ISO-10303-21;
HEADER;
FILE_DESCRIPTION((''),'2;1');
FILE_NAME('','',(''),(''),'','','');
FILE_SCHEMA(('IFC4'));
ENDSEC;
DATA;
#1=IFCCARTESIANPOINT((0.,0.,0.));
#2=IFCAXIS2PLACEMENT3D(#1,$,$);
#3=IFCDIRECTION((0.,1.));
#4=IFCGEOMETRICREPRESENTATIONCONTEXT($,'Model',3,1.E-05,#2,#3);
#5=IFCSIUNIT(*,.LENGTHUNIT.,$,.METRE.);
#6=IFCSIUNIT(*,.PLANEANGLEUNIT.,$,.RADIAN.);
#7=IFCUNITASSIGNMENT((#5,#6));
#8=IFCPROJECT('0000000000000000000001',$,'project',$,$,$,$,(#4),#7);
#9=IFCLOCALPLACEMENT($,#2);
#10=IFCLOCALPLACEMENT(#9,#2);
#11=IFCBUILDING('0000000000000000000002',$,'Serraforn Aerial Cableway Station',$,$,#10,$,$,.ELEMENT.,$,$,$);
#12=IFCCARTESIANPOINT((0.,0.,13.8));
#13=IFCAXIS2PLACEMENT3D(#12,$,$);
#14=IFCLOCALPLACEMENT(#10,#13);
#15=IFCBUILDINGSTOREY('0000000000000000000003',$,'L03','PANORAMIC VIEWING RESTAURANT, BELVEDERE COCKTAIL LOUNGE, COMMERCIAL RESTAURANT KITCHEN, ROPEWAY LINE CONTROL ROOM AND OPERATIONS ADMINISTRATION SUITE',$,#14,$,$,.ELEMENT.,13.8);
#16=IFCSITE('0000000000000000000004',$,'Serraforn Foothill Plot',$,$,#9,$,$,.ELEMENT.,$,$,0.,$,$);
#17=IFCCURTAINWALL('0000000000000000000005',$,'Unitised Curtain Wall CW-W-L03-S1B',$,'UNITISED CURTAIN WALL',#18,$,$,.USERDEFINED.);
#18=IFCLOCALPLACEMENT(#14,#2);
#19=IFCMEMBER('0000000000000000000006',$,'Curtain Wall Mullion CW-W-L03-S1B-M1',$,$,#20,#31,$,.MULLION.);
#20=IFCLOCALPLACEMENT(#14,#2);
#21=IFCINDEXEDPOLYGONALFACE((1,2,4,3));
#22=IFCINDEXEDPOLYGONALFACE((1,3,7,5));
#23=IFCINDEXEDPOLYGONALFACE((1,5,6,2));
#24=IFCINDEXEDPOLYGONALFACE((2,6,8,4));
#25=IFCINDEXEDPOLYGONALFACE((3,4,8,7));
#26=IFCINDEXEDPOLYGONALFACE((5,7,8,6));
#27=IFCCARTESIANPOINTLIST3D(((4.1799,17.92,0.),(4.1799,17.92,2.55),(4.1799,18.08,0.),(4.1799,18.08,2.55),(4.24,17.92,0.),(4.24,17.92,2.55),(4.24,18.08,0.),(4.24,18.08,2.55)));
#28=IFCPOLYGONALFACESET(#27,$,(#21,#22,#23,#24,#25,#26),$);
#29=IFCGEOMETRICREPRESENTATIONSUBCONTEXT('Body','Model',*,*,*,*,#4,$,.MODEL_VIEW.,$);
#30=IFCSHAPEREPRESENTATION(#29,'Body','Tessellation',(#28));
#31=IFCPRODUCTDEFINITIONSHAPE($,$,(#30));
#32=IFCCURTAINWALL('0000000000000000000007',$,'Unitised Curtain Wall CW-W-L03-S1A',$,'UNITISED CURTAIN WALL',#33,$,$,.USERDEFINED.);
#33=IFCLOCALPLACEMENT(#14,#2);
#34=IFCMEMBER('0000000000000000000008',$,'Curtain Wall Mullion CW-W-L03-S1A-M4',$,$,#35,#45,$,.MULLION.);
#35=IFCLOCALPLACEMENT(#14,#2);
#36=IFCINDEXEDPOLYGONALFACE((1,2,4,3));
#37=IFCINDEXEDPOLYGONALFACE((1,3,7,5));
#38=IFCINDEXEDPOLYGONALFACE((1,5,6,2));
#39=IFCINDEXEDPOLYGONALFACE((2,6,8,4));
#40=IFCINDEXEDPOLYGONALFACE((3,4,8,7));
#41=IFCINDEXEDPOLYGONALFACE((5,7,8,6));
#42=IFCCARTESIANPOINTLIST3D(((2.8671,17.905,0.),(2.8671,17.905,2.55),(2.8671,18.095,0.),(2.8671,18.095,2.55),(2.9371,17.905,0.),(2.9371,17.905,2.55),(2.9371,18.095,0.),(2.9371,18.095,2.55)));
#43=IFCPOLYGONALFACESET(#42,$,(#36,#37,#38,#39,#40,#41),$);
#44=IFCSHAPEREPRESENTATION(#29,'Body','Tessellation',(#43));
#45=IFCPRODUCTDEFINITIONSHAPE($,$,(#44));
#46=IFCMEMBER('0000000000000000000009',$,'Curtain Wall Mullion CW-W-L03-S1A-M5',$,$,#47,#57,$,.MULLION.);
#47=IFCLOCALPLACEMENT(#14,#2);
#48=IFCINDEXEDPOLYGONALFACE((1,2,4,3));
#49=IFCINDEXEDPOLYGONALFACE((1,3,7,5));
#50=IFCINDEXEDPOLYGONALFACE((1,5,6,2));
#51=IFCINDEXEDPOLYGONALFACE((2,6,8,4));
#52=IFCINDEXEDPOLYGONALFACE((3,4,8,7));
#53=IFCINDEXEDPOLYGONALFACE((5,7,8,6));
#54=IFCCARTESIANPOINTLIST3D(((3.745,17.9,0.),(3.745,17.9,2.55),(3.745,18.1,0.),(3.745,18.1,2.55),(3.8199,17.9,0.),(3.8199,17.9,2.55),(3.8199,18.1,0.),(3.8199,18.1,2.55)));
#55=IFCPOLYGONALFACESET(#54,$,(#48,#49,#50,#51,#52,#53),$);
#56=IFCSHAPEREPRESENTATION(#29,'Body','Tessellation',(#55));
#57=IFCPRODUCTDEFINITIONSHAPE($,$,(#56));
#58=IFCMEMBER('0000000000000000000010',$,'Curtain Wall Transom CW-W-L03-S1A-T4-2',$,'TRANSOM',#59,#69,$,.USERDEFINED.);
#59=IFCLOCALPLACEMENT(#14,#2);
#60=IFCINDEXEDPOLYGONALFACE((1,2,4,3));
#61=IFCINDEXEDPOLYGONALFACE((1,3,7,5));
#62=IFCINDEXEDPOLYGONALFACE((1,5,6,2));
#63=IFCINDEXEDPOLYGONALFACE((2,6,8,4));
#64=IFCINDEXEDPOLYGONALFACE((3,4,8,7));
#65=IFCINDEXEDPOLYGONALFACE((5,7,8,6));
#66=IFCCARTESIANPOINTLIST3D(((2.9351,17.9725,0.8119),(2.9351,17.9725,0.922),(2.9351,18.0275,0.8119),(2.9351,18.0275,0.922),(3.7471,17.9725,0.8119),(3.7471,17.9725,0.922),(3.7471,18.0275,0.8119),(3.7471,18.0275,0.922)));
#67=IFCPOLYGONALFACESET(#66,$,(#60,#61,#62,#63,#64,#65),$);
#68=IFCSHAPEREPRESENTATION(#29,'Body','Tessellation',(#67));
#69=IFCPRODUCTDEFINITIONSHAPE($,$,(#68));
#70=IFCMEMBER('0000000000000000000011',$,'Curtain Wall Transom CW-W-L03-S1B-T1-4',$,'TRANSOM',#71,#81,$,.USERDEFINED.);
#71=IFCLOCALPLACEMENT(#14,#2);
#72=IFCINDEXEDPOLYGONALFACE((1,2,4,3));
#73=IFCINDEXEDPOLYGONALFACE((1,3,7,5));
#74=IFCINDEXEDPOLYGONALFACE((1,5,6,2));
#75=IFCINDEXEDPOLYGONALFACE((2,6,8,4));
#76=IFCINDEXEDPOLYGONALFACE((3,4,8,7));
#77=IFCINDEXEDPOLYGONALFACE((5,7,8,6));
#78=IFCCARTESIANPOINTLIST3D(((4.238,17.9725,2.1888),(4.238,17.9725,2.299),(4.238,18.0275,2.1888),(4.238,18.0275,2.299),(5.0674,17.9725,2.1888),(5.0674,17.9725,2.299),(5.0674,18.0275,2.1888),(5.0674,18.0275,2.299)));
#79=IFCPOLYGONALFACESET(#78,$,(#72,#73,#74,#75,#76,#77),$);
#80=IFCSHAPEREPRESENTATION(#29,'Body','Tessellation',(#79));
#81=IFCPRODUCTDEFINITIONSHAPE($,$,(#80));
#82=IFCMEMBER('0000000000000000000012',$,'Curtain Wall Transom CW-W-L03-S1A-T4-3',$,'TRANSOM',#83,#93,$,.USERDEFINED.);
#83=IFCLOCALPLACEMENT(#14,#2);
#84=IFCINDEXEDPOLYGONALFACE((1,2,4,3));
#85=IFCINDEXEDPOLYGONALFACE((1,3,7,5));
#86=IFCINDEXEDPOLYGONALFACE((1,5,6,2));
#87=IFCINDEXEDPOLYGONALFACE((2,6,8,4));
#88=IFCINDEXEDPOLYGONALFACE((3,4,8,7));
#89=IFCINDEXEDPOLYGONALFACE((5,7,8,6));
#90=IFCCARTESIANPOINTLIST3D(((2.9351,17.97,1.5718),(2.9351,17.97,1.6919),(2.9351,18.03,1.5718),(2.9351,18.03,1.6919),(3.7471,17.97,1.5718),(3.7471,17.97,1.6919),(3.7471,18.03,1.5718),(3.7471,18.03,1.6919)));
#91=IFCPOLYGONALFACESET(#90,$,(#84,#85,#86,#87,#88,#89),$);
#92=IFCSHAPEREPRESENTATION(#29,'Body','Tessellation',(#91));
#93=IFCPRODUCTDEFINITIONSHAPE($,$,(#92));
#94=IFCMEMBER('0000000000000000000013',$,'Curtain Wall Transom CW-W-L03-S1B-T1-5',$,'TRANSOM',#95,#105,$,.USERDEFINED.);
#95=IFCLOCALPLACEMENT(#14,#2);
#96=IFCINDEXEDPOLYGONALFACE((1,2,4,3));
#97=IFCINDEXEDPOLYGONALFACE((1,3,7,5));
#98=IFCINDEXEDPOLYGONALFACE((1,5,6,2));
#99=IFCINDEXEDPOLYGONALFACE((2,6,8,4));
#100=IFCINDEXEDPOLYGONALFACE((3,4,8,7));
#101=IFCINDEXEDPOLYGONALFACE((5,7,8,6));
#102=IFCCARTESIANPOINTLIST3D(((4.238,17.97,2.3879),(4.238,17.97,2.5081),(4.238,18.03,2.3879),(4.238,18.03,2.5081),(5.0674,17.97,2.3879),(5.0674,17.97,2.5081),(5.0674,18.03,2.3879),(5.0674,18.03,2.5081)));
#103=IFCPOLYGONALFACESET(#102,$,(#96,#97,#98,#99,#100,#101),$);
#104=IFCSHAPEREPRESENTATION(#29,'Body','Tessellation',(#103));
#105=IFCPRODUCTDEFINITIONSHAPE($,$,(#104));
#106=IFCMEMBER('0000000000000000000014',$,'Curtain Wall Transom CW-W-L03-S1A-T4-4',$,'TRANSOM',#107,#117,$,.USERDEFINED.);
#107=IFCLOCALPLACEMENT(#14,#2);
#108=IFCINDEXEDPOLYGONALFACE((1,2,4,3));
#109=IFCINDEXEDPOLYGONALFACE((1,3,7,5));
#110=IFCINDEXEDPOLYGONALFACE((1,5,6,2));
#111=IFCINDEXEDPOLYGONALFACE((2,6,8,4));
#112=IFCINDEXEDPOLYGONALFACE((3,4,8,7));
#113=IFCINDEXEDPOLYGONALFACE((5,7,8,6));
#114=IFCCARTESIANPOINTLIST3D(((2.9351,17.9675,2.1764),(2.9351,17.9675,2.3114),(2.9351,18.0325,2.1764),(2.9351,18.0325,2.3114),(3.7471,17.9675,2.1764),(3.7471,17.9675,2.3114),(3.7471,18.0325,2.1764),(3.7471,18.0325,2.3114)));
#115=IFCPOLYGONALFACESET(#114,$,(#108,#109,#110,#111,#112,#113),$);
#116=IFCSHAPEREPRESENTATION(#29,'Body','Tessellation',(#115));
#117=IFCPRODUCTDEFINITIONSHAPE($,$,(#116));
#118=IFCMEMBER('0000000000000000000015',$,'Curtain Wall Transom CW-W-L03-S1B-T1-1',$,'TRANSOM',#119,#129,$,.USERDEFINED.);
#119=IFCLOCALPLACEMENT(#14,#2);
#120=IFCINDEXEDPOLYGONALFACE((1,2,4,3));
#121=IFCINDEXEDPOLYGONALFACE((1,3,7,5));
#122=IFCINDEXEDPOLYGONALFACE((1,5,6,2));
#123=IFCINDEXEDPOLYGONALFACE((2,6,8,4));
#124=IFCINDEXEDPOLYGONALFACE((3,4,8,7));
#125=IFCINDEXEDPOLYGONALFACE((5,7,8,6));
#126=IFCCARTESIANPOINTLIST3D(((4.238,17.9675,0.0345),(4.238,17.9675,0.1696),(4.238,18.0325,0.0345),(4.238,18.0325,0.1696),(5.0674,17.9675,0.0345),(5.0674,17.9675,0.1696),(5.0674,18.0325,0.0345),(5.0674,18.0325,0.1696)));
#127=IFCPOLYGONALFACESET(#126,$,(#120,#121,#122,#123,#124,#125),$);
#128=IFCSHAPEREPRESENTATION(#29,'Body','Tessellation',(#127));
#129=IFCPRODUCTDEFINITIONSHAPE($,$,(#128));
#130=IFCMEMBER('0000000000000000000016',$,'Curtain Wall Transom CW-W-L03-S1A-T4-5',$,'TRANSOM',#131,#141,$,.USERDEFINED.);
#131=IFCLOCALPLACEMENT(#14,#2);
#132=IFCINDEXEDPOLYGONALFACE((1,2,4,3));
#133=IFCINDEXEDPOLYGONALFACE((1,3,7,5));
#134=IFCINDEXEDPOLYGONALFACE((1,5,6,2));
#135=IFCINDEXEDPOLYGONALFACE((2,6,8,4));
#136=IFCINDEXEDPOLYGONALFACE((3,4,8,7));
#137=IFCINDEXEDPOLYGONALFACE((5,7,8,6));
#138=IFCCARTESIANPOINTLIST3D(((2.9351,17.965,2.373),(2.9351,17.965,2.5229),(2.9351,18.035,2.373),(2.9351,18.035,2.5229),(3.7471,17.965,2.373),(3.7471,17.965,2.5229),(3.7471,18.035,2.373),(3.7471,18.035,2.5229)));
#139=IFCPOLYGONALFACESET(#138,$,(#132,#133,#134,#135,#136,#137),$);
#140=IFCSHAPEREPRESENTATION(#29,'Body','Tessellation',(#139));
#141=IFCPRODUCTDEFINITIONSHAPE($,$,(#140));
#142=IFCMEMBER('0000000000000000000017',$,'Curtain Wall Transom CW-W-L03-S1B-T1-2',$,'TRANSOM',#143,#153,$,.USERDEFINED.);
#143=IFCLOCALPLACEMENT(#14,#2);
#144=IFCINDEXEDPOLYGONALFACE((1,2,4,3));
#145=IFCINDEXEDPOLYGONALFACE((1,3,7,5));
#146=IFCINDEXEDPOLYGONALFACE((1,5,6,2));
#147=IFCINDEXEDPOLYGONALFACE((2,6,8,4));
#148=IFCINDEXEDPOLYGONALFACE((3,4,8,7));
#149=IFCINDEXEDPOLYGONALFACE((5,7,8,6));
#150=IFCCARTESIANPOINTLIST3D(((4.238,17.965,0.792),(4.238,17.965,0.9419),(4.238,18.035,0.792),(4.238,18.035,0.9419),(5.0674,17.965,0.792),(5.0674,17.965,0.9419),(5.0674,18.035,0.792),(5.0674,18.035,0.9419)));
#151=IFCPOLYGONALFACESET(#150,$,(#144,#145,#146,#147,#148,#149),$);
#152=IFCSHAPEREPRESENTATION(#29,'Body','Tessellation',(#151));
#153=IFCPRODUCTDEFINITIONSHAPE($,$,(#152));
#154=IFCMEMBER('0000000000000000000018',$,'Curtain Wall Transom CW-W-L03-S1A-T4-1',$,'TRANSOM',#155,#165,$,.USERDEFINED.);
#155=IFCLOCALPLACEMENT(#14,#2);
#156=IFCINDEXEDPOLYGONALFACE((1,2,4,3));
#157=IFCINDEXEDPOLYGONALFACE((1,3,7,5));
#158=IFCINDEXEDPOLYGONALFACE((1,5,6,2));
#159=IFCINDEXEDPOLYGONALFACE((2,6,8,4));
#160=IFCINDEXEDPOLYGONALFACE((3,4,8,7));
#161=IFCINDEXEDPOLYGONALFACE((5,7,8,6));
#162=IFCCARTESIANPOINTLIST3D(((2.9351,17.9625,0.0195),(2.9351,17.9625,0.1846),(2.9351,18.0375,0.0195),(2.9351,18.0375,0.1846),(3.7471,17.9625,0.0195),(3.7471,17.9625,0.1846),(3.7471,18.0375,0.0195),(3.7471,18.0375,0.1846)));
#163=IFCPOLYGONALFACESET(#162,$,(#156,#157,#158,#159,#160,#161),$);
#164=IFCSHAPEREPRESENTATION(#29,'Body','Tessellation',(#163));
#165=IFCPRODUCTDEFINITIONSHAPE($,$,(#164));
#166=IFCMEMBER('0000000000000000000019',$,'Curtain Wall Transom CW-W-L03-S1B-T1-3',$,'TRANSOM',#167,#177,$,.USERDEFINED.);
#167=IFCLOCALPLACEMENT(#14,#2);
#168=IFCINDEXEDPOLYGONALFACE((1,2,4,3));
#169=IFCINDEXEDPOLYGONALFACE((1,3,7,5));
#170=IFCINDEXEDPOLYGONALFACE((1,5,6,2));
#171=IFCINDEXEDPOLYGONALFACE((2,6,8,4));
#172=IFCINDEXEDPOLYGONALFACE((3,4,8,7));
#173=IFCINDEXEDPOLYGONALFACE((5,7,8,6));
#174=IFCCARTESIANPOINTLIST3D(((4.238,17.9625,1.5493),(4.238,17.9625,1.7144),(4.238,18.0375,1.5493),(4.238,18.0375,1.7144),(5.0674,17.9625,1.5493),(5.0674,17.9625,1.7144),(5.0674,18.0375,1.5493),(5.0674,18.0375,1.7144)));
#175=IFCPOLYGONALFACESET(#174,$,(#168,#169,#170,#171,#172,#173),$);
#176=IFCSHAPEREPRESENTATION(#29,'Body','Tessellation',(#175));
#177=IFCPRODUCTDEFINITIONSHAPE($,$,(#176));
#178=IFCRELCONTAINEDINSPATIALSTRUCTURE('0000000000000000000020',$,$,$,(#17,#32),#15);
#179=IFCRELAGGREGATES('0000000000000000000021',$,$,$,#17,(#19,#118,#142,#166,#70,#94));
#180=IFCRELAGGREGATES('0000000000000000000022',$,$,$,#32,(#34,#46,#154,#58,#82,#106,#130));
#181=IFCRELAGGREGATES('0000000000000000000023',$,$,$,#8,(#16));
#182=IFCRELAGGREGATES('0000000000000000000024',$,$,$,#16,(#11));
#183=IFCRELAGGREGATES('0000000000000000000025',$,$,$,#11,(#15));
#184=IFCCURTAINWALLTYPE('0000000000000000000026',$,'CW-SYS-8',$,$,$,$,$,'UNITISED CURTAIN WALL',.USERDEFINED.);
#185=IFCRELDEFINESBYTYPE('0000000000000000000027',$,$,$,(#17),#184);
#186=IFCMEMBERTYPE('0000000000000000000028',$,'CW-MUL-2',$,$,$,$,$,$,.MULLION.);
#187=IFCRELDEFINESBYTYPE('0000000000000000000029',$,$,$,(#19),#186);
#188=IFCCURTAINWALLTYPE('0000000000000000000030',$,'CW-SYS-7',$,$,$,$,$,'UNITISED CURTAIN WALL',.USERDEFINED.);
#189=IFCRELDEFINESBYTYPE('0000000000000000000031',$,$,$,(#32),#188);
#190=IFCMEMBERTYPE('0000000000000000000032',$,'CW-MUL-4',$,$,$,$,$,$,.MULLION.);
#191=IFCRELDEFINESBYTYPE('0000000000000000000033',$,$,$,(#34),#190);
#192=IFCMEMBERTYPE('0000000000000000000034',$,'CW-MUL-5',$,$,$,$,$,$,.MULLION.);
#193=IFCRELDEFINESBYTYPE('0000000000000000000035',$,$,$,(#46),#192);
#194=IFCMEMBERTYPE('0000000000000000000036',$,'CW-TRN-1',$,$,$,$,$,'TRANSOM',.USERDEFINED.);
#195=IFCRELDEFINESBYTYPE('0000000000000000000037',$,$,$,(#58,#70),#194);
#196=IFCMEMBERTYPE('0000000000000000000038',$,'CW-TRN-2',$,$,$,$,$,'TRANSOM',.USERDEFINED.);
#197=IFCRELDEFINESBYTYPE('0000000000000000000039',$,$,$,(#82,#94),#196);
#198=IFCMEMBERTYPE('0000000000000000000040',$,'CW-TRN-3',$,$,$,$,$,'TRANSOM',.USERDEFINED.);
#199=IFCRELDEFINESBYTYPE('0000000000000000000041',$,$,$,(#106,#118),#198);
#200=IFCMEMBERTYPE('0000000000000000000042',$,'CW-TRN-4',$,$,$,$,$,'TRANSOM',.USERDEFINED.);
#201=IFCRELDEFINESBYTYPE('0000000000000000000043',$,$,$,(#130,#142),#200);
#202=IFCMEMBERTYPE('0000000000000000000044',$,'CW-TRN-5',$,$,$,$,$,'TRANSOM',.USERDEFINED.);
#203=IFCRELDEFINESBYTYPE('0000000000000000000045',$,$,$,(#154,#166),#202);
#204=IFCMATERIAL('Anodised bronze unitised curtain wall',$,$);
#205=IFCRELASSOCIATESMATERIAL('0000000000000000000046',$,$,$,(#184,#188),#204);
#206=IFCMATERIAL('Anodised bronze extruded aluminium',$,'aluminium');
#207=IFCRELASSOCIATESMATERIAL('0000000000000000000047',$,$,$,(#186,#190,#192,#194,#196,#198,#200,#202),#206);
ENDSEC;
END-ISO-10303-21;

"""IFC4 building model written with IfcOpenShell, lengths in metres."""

from ifc_helpers import new_model, si_unit, direction, frame, origin, origin_2d, place, context, subcontext, project, spatial, rectangle, extrude, material, material_profile, profile_set, type_object, element, aggregate, save


model = new_model("IFC4")

# Units and contexts
model_context = context("Model", 3, precision=1e-05, world=origin(), true_north=direction((0.0, 1.0)))
body_context = subcontext(model_context, "Body", "Model", "MODEL_VIEW")
ifc_project = project(units=[si_unit("LENGTHUNIT", "METRE"), si_unit("PLANEANGLEUNIT", "RADIAN")], contexts=[model_context])

# Site, building, storey
site_placement = place(None, origin())
site = spatial("IfcSite", under=ifc_project, at=site_placement, Name="Serraforn Foothill Plot", CompositionType="ELEMENT", RefElevation=0.0)
building_placement = place(site_placement, origin())
building = spatial("IfcBuilding", under=site, at=building_placement, Name="Serraforn Aerial Cableway Station", CompositionType="ELEMENT")
storey_placement = place(building_placement, frame((0.0, 0.0, 13.8)))
storey = spatial("IfcBuildingStorey", under=building, at=storey_placement, Name="L03", Description="PANORAMIC VIEWING RESTAURANT, BELVEDERE COCKTAIL LOUNGE, COMMERCIAL RESTAURANT KITCHEN, ROPEWAY LINE CONTROL ROOM AND OPERATIONS ADMINISTRATION SUITE", CompositionType="ELEMENT", Elevation=13.8)

# Curtain wall, member
ifc_material_1 = material(Name="Anodised bronze unitised curtain wall")
curtain_wall_type_1 = type_object("IfcCurtainWallType", Name="CW-SYS-8", ElementType="UNITISED CURTAIN WALL", PredefinedType="USERDEFINED", material=ifc_material_1)
curtain_wall_1_placement = place(storey_placement, origin())
curtain_wall_1 = element("IfcCurtainWall", 1, at=curtain_wall_1_placement, inside=storey, type_object=curtain_wall_type_1, Name="Unitised Curtain Wall CW-W-L03-S1B", ObjectType="UNITISED CURTAIN WALL", PredefinedType="USERDEFINED")
ifc_material_2 = material(Name="Anodised bronze extruded aluminium", Category="aluminium")
ifc_material_profile_1 = material_profile(ifc_material_2, rectangle(XDim=0.0601, YDim=0.1599, at=origin_2d()), Name="CW MULLION 60x160")
ifc_profile_set_1 = profile_set([ifc_material_profile_1], Name="Anodised bronze extruded aluminium")
member_type_1 = type_object("IfcMemberType", Name="CW-MUL-2", PredefinedType="MULLION", material=ifc_profile_set_1)
member_1_placement = place(storey_placement, frame((4.21, 18.0, 0.0), z_axis=(0.0, 0.0, 1.0), x_axis=(1.0, 0.0, 0.0)))
member_1 = element("IfcMember", 2, at=member_1_placement, type_object=member_type_1, Name="Curtain Wall Mullion CW-W-L03-S1B-M1", PredefinedType="MULLION", context=body_context, shape_type="SweptSolid", body=[
    extrude(rectangle(XDim=0.0601, YDim=0.1599, at=origin_2d()), origin(), (0.0, 0.0, 1.0), 2.55),
])

# Curtain wall, members
curtain_wall_type_2 = type_object("IfcCurtainWallType", Name="CW-SYS-7", ElementType="UNITISED CURTAIN WALL", PredefinedType="USERDEFINED", material=ifc_material_1)
curtain_wall_2_placement = place(storey_placement, origin())
curtain_wall_2 = element("IfcCurtainWall", 3, at=curtain_wall_2_placement, inside=storey, type_object=curtain_wall_type_2, Name="Unitised Curtain Wall CW-W-L03-S1A", ObjectType="UNITISED CURTAIN WALL", PredefinedType="USERDEFINED")
ifc_material_profile_2 = material_profile(ifc_material_2, rectangle(XDim=0.0701, YDim=0.1899, at=origin_2d()), Name="CW MULLION 70x190")
ifc_profile_set_2 = profile_set([ifc_material_profile_2], Name="Anodised bronze extruded aluminium")
member_type_2 = type_object("IfcMemberType", Name="CW-MUL-4", PredefinedType="MULLION", material=ifc_profile_set_2)
member_2_placement = place(storey_placement, frame((2.9021, 18.0, 0.0), z_axis=(0.0, 0.0, 1.0), x_axis=(1.0, 0.0, 0.0)))
member_2 = element("IfcMember", 4, at=member_2_placement, type_object=member_type_2, Name="Curtain Wall Mullion CW-W-L03-S1A-M4", PredefinedType="MULLION", context=body_context, shape_type="SweptSolid", body=[
    extrude(rectangle(XDim=0.0701, YDim=0.1899, at=origin_2d()), origin(), (0.0, 0.0, 1.0), 2.55),
])
ifc_material_profile_3 = material_profile(ifc_material_2, rectangle(XDim=0.075, YDim=0.2, at=origin_2d()), Name="CW MULLION 75x200")
ifc_profile_set_3 = profile_set([ifc_material_profile_3], Name="Anodised bronze extruded aluminium")
member_type_3 = type_object("IfcMemberType", Name="CW-MUL-5", PredefinedType="MULLION", material=ifc_profile_set_3)
member_3_placement = place(storey_placement, frame((3.7825, 18.0, 0.0), z_axis=(0.0, 0.0, 1.0), x_axis=(1.0, 0.0, 0.0)))
member_3 = element("IfcMember", 5, at=member_3_placement, type_object=member_type_3, Name="Curtain Wall Mullion CW-W-L03-S1A-M5", PredefinedType="MULLION", context=body_context, shape_type="SweptSolid", body=[
    extrude(rectangle(XDim=0.075, YDim=0.2, at=origin_2d()), origin(), (0.0, 0.0, 1.0), 2.55),
])
ifc_material_profile_4 = material_profile(ifc_material_2, rectangle(XDim=0.0549, YDim=0.1101, at=origin_2d()), Name="CW TRANSOM 55x110")
ifc_profile_set_4 = profile_set([ifc_material_profile_4], Name="Anodised bronze extruded aluminium")
member_type_4 = type_object("IfcMemberType", Name="CW-TRN-1", ElementType="TRANSOM", PredefinedType="USERDEFINED", material=ifc_profile_set_4)
member_4_placement = place(storey_placement, frame((2.9351, 18.0, 0.8669), z_axis=(1.0, 0.0, 0.0), x_axis=(0.0, 1.0, 0.0)))
member_4 = element("IfcMember", 6, at=member_4_placement, type_object=member_type_4, Name="Curtain Wall Transom CW-W-L03-S1A-T4-2", ObjectType="TRANSOM", PredefinedType="USERDEFINED", context=body_context, shape_type="SweptSolid", body=[
    extrude(rectangle(XDim=0.0549, YDim=0.1101, at=origin_2d()), origin(), (0.0, 0.0, 1.0), 0.812),
])

# Members
member_5_placement = place(storey_placement, frame((4.238, 18.0, 2.2439), z_axis=(1.0, 0.0, 0.0), x_axis=(0.0, 1.0, 0.0)))
member_5 = element("IfcMember", 7, at=member_5_placement, type_object=member_type_4, Name="Curtain Wall Transom CW-W-L03-S1B-T1-4", ObjectType="TRANSOM", PredefinedType="USERDEFINED", context=body_context, shape_type="SweptSolid", body=[
    extrude(rectangle(XDim=0.0549, YDim=0.1101, at=origin_2d()), origin(), (0.0, 0.0, 1.0), 0.8293),
])
ifc_material_profile_5 = material_profile(ifc_material_2, rectangle(XDim=0.0601, YDim=0.1201, at=origin_2d()), Name="CW TRANSOM 60x120")
ifc_profile_set_5 = profile_set([ifc_material_profile_5], Name="Anodised bronze extruded aluminium")
member_type_5 = type_object("IfcMemberType", Name="CW-TRN-2", ElementType="TRANSOM", PredefinedType="USERDEFINED", material=ifc_profile_set_5)
member_6_placement = place(storey_placement, frame((2.9351, 18.0, 1.6318), z_axis=(1.0, 0.0, 0.0), x_axis=(0.0, 1.0, 0.0)))
member_6 = element("IfcMember", 8, at=member_6_placement, type_object=member_type_5, Name="Curtain Wall Transom CW-W-L03-S1A-T4-3", ObjectType="TRANSOM", PredefinedType="USERDEFINED", context=body_context, shape_type="SweptSolid", body=[
    extrude(rectangle(XDim=0.0601, YDim=0.1201, at=origin_2d()), origin(), (0.0, 0.0, 1.0), 0.812),
])
member_7_placement = place(storey_placement, frame((4.238, 18.0, 2.448), z_axis=(1.0, 0.0, 0.0), x_axis=(0.0, 1.0, 0.0)))
member_7 = element("IfcMember", 9, at=member_7_placement, type_object=member_type_5, Name="Curtain Wall Transom CW-W-L03-S1B-T1-5", ObjectType="TRANSOM", PredefinedType="USERDEFINED", context=body_context, shape_type="SweptSolid", body=[
    extrude(rectangle(XDim=0.0601, YDim=0.1201, at=origin_2d()), origin(), (0.0, 0.0, 1.0), 0.8293),
])
ifc_material_profile_6 = material_profile(ifc_material_2, rectangle(XDim=0.0649, YDim=0.135, at=origin_2d()), Name="CW TRANSOM 65x135")
ifc_profile_set_6 = profile_set([ifc_material_profile_6], Name="Anodised bronze extruded aluminium")
member_type_6 = type_object("IfcMemberType", Name="CW-TRN-3", ElementType="TRANSOM", PredefinedType="USERDEFINED", material=ifc_profile_set_6)
member_8_placement = place(storey_placement, frame((2.9351, 18.0, 2.2439), z_axis=(1.0, 0.0, 0.0), x_axis=(0.0, 1.0, 0.0)))
member_8 = element("IfcMember", 10, at=member_8_placement, type_object=member_type_6, Name="Curtain Wall Transom CW-W-L03-S1A-T4-4", ObjectType="TRANSOM", PredefinedType="USERDEFINED", context=body_context, shape_type="SweptSolid", body=[
    extrude(rectangle(XDim=0.0649, YDim=0.135, at=origin_2d()), origin(), (0.0, 0.0, 1.0), 0.812),
])
member_9_placement = place(storey_placement, frame((4.238, 18.0, 0.1021), z_axis=(1.0, 0.0, 0.0), x_axis=(0.0, 1.0, 0.0)))
member_9 = element("IfcMember", 11, at=member_9_placement, type_object=member_type_6, Name="Curtain Wall Transom CW-W-L03-S1B-T1-1", ObjectType="TRANSOM", PredefinedType="USERDEFINED", context=body_context, shape_type="SweptSolid", body=[
    extrude(rectangle(XDim=0.0649, YDim=0.135, at=origin_2d()), origin(), (0.0, 0.0, 1.0), 0.8293),
])
ifc_material_profile_7 = material_profile(ifc_material_2, rectangle(XDim=0.0701, YDim=0.1499, at=origin_2d()), Name="CW TRANSOM 70x150")
ifc_profile_set_7 = profile_set([ifc_material_profile_7], Name="Anodised bronze extruded aluminium")
member_type_7 = type_object("IfcMemberType", Name="CW-TRN-4", ElementType="TRANSOM", PredefinedType="USERDEFINED", material=ifc_profile_set_7)
member_10_placement = place(storey_placement, frame((2.9351, 18.0, 2.448), z_axis=(1.0, 0.0, 0.0), x_axis=(0.0, 1.0, 0.0)))
member_10 = element("IfcMember", 12, at=member_10_placement, type_object=member_type_7, Name="Curtain Wall Transom CW-W-L03-S1A-T4-5", ObjectType="TRANSOM", PredefinedType="USERDEFINED", context=body_context, shape_type="SweptSolid", body=[
    extrude(rectangle(XDim=0.0701, YDim=0.1499, at=origin_2d()), origin(), (0.0, 0.0, 1.0), 0.812),
])
member_11_placement = place(storey_placement, frame((4.238, 18.0, 0.8669), z_axis=(1.0, 0.0, 0.0), x_axis=(0.0, 1.0, 0.0)))
member_11 = element("IfcMember", 13, at=member_11_placement, type_object=member_type_7, Name="Curtain Wall Transom CW-W-L03-S1B-T1-2", ObjectType="TRANSOM", PredefinedType="USERDEFINED", context=body_context, shape_type="SweptSolid", body=[
    extrude(rectangle(XDim=0.0701, YDim=0.1499, at=origin_2d()), origin(), (0.0, 0.0, 1.0), 0.8293),
])
ifc_material_profile_8 = material_profile(ifc_material_2, rectangle(XDim=0.075, YDim=0.165, at=origin_2d()), Name="CW TRANSOM 75x165")
ifc_profile_set_8 = profile_set([ifc_material_profile_8], Name="Anodised bronze extruded aluminium")
member_type_8 = type_object("IfcMemberType", Name="CW-TRN-5", ElementType="TRANSOM", PredefinedType="USERDEFINED", material=ifc_profile_set_8)
member_12_placement = place(storey_placement, frame((2.9351, 18.0, 0.1021), z_axis=(1.0, 0.0, 0.0), x_axis=(0.0, 1.0, 0.0)))
member_12 = element("IfcMember", 14, at=member_12_placement, type_object=member_type_8, Name="Curtain Wall Transom CW-W-L03-S1A-T4-1", ObjectType="TRANSOM", PredefinedType="USERDEFINED", context=body_context, shape_type="SweptSolid", body=[
    extrude(rectangle(XDim=0.075, YDim=0.165, at=origin_2d()), origin(), (0.0, 0.0, 1.0), 0.812),
])
member_13_placement = place(storey_placement, frame((4.238, 18.0, 1.6318), z_axis=(1.0, 0.0, 0.0), x_axis=(0.0, 1.0, 0.0)))
member_13 = element("IfcMember", 15, at=member_13_placement, type_object=member_type_8, Name="Curtain Wall Transom CW-W-L03-S1B-T1-3", ObjectType="TRANSOM", PredefinedType="USERDEFINED", context=body_context, shape_type="SweptSolid", body=[
    extrude(rectangle(XDim=0.075, YDim=0.165, at=origin_2d()), origin(), (0.0, 0.0, 1.0), 0.8293),
])

aggregate(curtain_wall_1, [member_1, member_9, member_11, member_13, member_5, member_7])
aggregate(curtain_wall_2, [member_2, member_3, member_12, member_4, member_6, member_8, member_10])

save(model, "model.ifc")
